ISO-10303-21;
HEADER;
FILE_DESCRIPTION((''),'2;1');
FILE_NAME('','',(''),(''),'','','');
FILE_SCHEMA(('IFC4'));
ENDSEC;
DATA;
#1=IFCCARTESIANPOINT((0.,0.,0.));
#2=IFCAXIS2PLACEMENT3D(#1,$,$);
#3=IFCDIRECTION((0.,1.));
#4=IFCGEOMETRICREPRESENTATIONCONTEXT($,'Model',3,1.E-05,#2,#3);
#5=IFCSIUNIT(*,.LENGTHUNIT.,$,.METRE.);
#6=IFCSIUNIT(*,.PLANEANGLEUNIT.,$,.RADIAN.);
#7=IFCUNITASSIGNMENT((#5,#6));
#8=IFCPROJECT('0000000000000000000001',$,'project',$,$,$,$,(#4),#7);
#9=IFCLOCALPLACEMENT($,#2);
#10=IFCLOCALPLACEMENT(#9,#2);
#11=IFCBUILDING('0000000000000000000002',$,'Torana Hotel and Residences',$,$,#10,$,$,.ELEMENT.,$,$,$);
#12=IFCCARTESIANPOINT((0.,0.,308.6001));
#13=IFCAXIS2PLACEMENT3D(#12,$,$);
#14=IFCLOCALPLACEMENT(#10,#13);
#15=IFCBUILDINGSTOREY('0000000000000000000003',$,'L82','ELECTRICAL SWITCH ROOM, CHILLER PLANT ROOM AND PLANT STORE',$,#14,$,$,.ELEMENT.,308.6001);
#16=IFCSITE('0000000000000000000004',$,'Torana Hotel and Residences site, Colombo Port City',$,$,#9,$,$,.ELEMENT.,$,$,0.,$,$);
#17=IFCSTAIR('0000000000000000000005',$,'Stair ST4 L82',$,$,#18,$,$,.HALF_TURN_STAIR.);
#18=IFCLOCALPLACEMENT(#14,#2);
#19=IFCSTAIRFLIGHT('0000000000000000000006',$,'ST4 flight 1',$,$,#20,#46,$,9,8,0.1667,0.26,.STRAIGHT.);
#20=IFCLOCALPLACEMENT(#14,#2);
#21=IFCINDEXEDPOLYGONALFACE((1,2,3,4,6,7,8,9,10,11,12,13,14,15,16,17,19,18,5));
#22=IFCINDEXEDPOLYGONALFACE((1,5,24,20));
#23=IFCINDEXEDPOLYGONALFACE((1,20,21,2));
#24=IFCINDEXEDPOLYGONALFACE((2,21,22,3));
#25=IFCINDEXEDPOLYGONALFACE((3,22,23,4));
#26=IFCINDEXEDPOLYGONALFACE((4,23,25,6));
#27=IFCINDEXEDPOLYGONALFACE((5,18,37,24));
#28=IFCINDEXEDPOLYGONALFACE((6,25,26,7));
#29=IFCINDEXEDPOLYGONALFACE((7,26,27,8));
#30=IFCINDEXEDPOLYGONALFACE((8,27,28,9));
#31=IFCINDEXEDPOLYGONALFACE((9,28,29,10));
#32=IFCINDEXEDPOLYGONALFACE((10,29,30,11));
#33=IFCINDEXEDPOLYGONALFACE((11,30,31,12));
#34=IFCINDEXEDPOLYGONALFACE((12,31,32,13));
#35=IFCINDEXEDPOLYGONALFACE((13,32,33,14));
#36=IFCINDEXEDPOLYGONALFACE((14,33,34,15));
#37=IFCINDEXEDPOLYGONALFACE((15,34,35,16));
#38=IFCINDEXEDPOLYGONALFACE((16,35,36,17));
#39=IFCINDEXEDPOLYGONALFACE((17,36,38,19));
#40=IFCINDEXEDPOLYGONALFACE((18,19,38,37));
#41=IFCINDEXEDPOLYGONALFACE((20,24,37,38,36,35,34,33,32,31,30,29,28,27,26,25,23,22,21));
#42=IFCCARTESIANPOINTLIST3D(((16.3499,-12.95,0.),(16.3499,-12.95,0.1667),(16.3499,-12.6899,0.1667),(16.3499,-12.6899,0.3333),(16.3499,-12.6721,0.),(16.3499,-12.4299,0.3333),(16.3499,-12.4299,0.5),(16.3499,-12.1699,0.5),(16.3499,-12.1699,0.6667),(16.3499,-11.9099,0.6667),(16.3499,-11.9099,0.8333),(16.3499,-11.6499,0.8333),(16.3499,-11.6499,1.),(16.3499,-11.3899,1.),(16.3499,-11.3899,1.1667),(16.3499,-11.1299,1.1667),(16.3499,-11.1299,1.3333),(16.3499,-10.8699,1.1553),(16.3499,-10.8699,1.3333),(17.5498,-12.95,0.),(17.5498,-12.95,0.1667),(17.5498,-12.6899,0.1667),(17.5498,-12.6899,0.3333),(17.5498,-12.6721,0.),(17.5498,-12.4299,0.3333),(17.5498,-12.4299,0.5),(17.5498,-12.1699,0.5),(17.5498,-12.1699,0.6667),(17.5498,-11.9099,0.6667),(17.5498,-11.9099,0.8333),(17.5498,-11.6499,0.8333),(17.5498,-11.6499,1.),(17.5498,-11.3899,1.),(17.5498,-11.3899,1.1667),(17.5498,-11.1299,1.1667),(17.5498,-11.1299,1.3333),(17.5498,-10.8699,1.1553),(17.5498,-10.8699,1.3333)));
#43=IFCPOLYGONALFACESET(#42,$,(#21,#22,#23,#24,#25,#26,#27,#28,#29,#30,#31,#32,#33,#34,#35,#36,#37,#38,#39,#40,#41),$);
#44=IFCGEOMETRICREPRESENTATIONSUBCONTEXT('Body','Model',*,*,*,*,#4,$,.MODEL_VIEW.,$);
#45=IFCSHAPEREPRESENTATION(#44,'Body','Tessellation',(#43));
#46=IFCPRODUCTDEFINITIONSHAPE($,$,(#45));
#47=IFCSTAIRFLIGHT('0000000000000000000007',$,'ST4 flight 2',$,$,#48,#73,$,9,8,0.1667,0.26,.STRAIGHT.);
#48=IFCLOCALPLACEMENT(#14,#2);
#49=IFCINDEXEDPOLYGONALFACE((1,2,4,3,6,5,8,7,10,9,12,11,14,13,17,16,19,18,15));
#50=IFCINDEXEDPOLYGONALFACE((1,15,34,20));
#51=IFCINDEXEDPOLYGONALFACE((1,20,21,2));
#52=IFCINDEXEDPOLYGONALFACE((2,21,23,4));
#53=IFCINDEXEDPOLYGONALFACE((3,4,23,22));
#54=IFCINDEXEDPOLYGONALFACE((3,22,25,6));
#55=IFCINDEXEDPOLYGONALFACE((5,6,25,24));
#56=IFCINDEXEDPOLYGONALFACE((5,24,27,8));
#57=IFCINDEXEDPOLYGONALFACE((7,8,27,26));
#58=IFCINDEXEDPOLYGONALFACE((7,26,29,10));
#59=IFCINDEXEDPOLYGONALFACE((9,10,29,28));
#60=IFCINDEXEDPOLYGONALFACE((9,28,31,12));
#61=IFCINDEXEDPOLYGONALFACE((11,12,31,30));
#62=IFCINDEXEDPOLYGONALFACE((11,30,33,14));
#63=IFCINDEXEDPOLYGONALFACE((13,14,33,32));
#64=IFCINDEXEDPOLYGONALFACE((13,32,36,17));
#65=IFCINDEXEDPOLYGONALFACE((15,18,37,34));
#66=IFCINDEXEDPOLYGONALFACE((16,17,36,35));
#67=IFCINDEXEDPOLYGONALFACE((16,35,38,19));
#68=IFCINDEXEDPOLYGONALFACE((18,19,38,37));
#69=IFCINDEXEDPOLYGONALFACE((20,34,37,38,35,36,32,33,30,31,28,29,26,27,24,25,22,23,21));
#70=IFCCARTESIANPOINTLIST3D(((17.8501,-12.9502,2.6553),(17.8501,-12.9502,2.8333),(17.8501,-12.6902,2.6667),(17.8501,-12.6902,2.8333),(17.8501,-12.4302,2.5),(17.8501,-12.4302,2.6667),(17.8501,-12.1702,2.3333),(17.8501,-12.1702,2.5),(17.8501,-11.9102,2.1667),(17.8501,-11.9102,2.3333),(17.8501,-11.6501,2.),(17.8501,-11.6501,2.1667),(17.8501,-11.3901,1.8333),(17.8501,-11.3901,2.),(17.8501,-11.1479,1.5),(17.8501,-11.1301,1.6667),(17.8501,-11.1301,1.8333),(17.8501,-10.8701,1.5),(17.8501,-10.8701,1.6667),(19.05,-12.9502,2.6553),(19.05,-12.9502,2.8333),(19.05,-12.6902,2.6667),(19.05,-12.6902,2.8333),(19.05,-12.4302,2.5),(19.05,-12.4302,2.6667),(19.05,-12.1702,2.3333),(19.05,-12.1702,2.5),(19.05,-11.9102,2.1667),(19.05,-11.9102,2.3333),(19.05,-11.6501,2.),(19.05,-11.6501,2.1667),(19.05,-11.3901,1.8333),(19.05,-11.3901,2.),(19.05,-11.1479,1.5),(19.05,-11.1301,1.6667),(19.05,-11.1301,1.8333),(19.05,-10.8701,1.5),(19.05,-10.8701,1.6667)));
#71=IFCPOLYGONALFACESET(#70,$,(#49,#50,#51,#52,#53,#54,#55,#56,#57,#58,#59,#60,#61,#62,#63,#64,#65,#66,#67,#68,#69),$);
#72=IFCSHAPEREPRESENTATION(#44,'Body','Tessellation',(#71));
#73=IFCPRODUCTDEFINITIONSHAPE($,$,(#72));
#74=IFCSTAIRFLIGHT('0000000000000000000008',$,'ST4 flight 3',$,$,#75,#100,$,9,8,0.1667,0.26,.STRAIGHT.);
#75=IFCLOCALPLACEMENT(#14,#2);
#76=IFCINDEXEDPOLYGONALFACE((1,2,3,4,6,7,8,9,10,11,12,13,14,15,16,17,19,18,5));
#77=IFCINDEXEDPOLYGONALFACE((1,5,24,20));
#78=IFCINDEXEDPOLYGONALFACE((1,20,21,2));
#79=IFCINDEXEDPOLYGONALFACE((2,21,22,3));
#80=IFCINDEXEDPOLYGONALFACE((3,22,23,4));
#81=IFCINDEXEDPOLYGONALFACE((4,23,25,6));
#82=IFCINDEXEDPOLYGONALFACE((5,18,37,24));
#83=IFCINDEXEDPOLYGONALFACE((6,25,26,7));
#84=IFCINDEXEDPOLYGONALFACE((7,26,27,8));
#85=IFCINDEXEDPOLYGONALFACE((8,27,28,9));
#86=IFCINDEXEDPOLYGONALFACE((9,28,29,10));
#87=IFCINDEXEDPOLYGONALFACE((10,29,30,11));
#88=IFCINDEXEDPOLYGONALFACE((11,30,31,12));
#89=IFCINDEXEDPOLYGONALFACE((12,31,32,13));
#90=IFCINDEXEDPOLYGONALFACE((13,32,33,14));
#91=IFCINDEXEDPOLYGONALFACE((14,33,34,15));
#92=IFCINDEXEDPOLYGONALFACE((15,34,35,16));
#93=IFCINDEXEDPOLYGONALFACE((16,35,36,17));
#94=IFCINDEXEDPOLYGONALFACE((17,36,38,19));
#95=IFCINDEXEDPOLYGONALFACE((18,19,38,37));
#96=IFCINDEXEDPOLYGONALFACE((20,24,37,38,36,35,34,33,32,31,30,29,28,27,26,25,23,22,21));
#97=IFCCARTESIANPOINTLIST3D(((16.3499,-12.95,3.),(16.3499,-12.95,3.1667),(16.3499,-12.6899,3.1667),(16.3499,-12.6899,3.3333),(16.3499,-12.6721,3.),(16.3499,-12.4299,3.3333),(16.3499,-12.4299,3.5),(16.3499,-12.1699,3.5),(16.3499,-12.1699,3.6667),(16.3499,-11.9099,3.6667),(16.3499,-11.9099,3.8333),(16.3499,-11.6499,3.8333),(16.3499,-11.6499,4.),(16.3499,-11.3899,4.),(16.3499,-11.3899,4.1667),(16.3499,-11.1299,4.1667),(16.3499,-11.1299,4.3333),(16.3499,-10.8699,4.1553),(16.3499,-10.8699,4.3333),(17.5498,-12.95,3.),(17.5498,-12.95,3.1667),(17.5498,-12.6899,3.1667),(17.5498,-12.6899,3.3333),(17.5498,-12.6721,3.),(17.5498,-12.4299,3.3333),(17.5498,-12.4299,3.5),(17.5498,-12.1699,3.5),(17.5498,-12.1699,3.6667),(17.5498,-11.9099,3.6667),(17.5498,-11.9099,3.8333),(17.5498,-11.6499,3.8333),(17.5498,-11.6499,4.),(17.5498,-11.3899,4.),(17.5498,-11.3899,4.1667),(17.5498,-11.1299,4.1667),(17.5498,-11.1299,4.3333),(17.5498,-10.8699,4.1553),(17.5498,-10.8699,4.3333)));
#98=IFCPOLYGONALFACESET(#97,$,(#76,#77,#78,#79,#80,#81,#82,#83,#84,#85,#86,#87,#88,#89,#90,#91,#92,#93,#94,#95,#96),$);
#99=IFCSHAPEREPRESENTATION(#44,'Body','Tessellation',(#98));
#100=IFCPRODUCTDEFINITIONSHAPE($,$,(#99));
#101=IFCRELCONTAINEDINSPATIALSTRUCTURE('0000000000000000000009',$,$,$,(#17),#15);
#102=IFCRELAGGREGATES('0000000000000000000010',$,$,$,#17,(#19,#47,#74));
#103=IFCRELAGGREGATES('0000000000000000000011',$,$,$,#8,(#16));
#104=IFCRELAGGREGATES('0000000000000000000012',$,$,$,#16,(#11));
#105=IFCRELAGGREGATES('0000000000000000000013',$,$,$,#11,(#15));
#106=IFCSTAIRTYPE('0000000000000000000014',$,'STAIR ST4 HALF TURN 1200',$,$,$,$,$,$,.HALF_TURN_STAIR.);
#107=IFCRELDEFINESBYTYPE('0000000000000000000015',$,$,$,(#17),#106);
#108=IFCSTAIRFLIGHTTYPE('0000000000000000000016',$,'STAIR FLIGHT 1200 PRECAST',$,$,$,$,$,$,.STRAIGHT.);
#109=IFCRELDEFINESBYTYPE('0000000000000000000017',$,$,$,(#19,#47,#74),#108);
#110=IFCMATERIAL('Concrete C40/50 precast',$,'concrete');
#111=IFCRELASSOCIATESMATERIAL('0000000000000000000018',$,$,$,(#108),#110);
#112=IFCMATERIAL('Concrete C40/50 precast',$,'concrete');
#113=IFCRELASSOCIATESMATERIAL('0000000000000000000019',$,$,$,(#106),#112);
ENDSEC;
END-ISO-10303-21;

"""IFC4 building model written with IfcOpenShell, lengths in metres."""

from ifc_helpers import new_model, si_unit, direction, frame, origin, place, context, subcontext, project, spatial, polyline, outline, extrude, material, type_object, element, aggregate, save


model = new_model("IFC4")

# Units and contexts
model_context = context("Model", 3, precision=1e-05, world=origin(), true_north=direction((0.0, 1.0)))
body_context = subcontext(model_context, "Body", "Model", "MODEL_VIEW")
ifc_project = project(units=[si_unit("LENGTHUNIT", "METRE"), si_unit("PLANEANGLEUNIT", "RADIAN")], contexts=[model_context])

# Site, building, storey
site_placement = place(None, origin())
site = spatial("IfcSite", under=ifc_project, at=site_placement, Name="Torana Hotel and Residences site, Colombo Port City", CompositionType="ELEMENT", RefElevation=0.0)
building_placement = place(site_placement, origin())
building = spatial("IfcBuilding", under=site, at=building_placement, Name="Torana Hotel and Residences", CompositionType="ELEMENT")
storey_placement = place(building_placement, frame((0.0, 0.0, 308.6001)))
storey = spatial("IfcBuildingStorey", under=building, at=storey_placement, Name="L82", Description="ELECTRICAL SWITCH ROOM, CHILLER PLANT ROOM AND PLANT STORE", CompositionType="ELEMENT", Elevation=308.6001)

# Stair, stair flights
ifc_material_1 = material(Name="Concrete C40/50 precast", Category="concrete")
stair_flight_type = type_object("IfcStairFlightType", Name="STAIR FLIGHT 1200 PRECAST", PredefinedType="STRAIGHT", material=ifc_material_1)
ifc_material_2 = material(Name="Concrete C40/50 precast", Category="concrete")
stair_type_1 = type_object("IfcStairType", Name="STAIR ST4 HALF TURN 1200", PredefinedType="HALF_TURN_STAIR", material=ifc_material_2)
stair_1_placement = place(storey_placement, origin())
stair_1 = element("IfcStair", 1, at=stair_1_placement, inside=storey, type_object=stair_type_1, Name="Stair ST4 L82", PredefinedType="HALF_TURN_STAIR")
stair_flight_1_placement = place(storey_placement, frame((16.95, -12.95, 0.0), z_axis=(0.0, 0.0, 1.0), x_axis=(0.0, 1.0, 0.0)))
stair_flight_1 = element("IfcStairFlight", 2, at=stair_flight_1_placement, type_object=stair_flight_type, Name="ST4 flight 1", NumberOfRisers=9, NumberOfTreads=8, PredefinedType="STRAIGHT", RiserHeight=0.1667, TreadLength=0.26, context=body_context, shape_type="SweptSolid", body=[
    extrude(outline(polyline([(0.0, 0.0), (0.0, 0.1667), (0.26, 0.1667), (0.26, 0.3333), (0.52, 0.3333), (0.52, 0.5), (0.78, 0.5), (0.78, 0.6667), (1.04, 0.6667), (1.04, 0.8333), (1.3, 0.8333), (1.3, 1.0), (1.5601, 1.0), (1.5601, 1.1667), (1.8201, 1.1667), (1.8201, 1.3333), (2.0801, 1.3333), (2.0801, 1.5), (2.0801, 1.1553), (0.2778, 0.0), (0.0, 0.0)])), frame((0.0, 0.6001, 0.0), z_axis=(0.0, -1.0, 0.0), x_axis=(1.0, 0.0, 0.0)), (0.0, 0.0, 1.0), 1.2),
])
stair_flight_2_placement = place(storey_placement, frame((18.45, -10.8701, 1.5), z_axis=(0.0, 0.0, 1.0), x_axis=(0.0, -1.0, 0.0)))
stair_flight_2 = element("IfcStairFlight", 3, at=stair_flight_2_placement, type_object=stair_flight_type, Name="ST4 flight 2", NumberOfRisers=9, NumberOfTreads=8, PredefinedType="STRAIGHT", RiserHeight=0.1667, TreadLength=0.26, context=body_context, shape_type="SweptSolid", body=[
    extrude(outline(polyline([(0.0, 0.0), (0.0, 0.1667), (0.26, 0.1667), (0.26, 0.3333), (0.52, 0.3333), (0.52, 0.5), (0.78, 0.5), (0.78, 0.6667), (1.04, 0.6667), (1.04, 0.8333), (1.3, 0.8333), (1.3, 1.0), (1.5601, 1.0), (1.5601, 1.1667), (1.8201, 1.1667), (1.8201, 1.3333), (2.0801, 1.3333), (2.0801, 1.5), (2.0801, 1.1553), (0.2778, 0.0), (0.0, 0.0)])), frame((0.0, 0.6001, 0.0), z_axis=(0.0, -1.0, 0.0), x_axis=(1.0, 0.0, 0.0)), (0.0, 0.0, 1.0), 1.2),
])
stair_flight_3_placement = place(storey_placement, frame((16.95, -12.95, 3.0), z_axis=(0.0, 0.0, 1.0), x_axis=(0.0, 1.0, 0.0)))
stair_flight_3 = element("IfcStairFlight", 4, at=stair_flight_3_placement, type_object=stair_flight_type, Name="ST4 flight 3", NumberOfRisers=9, NumberOfTreads=8, PredefinedType="STRAIGHT", RiserHeight=0.1667, TreadLength=0.26, context=body_context, shape_type="SweptSolid", body=[
    extrude(outline(polyline([(0.0, 0.0), (0.0, 0.1667), (0.26, 0.1667), (0.26, 0.3333), (0.52, 0.3333), (0.52, 0.5), (0.78, 0.5), (0.78, 0.6667), (1.04, 0.6667), (1.04, 0.8333), (1.3, 0.8333), (1.3, 1.0), (1.5601, 1.0), (1.5601, 1.1667), (1.8201, 1.1667), (1.8201, 1.3333), (2.0801, 1.3333), (2.0801, 1.5), (2.0801, 1.1553), (0.2778, 0.0), (0.0, 0.0)])), frame((0.0, 0.6001, 0.0), z_axis=(0.0, -1.0, 0.0), x_axis=(1.0, 0.0, 0.0)), (0.0, 0.0, 1.0), 1.2),
])
aggregate(stair_1, [stair_flight_1, stair_flight_2, stair_flight_3])

save(model, "model.ifc")
